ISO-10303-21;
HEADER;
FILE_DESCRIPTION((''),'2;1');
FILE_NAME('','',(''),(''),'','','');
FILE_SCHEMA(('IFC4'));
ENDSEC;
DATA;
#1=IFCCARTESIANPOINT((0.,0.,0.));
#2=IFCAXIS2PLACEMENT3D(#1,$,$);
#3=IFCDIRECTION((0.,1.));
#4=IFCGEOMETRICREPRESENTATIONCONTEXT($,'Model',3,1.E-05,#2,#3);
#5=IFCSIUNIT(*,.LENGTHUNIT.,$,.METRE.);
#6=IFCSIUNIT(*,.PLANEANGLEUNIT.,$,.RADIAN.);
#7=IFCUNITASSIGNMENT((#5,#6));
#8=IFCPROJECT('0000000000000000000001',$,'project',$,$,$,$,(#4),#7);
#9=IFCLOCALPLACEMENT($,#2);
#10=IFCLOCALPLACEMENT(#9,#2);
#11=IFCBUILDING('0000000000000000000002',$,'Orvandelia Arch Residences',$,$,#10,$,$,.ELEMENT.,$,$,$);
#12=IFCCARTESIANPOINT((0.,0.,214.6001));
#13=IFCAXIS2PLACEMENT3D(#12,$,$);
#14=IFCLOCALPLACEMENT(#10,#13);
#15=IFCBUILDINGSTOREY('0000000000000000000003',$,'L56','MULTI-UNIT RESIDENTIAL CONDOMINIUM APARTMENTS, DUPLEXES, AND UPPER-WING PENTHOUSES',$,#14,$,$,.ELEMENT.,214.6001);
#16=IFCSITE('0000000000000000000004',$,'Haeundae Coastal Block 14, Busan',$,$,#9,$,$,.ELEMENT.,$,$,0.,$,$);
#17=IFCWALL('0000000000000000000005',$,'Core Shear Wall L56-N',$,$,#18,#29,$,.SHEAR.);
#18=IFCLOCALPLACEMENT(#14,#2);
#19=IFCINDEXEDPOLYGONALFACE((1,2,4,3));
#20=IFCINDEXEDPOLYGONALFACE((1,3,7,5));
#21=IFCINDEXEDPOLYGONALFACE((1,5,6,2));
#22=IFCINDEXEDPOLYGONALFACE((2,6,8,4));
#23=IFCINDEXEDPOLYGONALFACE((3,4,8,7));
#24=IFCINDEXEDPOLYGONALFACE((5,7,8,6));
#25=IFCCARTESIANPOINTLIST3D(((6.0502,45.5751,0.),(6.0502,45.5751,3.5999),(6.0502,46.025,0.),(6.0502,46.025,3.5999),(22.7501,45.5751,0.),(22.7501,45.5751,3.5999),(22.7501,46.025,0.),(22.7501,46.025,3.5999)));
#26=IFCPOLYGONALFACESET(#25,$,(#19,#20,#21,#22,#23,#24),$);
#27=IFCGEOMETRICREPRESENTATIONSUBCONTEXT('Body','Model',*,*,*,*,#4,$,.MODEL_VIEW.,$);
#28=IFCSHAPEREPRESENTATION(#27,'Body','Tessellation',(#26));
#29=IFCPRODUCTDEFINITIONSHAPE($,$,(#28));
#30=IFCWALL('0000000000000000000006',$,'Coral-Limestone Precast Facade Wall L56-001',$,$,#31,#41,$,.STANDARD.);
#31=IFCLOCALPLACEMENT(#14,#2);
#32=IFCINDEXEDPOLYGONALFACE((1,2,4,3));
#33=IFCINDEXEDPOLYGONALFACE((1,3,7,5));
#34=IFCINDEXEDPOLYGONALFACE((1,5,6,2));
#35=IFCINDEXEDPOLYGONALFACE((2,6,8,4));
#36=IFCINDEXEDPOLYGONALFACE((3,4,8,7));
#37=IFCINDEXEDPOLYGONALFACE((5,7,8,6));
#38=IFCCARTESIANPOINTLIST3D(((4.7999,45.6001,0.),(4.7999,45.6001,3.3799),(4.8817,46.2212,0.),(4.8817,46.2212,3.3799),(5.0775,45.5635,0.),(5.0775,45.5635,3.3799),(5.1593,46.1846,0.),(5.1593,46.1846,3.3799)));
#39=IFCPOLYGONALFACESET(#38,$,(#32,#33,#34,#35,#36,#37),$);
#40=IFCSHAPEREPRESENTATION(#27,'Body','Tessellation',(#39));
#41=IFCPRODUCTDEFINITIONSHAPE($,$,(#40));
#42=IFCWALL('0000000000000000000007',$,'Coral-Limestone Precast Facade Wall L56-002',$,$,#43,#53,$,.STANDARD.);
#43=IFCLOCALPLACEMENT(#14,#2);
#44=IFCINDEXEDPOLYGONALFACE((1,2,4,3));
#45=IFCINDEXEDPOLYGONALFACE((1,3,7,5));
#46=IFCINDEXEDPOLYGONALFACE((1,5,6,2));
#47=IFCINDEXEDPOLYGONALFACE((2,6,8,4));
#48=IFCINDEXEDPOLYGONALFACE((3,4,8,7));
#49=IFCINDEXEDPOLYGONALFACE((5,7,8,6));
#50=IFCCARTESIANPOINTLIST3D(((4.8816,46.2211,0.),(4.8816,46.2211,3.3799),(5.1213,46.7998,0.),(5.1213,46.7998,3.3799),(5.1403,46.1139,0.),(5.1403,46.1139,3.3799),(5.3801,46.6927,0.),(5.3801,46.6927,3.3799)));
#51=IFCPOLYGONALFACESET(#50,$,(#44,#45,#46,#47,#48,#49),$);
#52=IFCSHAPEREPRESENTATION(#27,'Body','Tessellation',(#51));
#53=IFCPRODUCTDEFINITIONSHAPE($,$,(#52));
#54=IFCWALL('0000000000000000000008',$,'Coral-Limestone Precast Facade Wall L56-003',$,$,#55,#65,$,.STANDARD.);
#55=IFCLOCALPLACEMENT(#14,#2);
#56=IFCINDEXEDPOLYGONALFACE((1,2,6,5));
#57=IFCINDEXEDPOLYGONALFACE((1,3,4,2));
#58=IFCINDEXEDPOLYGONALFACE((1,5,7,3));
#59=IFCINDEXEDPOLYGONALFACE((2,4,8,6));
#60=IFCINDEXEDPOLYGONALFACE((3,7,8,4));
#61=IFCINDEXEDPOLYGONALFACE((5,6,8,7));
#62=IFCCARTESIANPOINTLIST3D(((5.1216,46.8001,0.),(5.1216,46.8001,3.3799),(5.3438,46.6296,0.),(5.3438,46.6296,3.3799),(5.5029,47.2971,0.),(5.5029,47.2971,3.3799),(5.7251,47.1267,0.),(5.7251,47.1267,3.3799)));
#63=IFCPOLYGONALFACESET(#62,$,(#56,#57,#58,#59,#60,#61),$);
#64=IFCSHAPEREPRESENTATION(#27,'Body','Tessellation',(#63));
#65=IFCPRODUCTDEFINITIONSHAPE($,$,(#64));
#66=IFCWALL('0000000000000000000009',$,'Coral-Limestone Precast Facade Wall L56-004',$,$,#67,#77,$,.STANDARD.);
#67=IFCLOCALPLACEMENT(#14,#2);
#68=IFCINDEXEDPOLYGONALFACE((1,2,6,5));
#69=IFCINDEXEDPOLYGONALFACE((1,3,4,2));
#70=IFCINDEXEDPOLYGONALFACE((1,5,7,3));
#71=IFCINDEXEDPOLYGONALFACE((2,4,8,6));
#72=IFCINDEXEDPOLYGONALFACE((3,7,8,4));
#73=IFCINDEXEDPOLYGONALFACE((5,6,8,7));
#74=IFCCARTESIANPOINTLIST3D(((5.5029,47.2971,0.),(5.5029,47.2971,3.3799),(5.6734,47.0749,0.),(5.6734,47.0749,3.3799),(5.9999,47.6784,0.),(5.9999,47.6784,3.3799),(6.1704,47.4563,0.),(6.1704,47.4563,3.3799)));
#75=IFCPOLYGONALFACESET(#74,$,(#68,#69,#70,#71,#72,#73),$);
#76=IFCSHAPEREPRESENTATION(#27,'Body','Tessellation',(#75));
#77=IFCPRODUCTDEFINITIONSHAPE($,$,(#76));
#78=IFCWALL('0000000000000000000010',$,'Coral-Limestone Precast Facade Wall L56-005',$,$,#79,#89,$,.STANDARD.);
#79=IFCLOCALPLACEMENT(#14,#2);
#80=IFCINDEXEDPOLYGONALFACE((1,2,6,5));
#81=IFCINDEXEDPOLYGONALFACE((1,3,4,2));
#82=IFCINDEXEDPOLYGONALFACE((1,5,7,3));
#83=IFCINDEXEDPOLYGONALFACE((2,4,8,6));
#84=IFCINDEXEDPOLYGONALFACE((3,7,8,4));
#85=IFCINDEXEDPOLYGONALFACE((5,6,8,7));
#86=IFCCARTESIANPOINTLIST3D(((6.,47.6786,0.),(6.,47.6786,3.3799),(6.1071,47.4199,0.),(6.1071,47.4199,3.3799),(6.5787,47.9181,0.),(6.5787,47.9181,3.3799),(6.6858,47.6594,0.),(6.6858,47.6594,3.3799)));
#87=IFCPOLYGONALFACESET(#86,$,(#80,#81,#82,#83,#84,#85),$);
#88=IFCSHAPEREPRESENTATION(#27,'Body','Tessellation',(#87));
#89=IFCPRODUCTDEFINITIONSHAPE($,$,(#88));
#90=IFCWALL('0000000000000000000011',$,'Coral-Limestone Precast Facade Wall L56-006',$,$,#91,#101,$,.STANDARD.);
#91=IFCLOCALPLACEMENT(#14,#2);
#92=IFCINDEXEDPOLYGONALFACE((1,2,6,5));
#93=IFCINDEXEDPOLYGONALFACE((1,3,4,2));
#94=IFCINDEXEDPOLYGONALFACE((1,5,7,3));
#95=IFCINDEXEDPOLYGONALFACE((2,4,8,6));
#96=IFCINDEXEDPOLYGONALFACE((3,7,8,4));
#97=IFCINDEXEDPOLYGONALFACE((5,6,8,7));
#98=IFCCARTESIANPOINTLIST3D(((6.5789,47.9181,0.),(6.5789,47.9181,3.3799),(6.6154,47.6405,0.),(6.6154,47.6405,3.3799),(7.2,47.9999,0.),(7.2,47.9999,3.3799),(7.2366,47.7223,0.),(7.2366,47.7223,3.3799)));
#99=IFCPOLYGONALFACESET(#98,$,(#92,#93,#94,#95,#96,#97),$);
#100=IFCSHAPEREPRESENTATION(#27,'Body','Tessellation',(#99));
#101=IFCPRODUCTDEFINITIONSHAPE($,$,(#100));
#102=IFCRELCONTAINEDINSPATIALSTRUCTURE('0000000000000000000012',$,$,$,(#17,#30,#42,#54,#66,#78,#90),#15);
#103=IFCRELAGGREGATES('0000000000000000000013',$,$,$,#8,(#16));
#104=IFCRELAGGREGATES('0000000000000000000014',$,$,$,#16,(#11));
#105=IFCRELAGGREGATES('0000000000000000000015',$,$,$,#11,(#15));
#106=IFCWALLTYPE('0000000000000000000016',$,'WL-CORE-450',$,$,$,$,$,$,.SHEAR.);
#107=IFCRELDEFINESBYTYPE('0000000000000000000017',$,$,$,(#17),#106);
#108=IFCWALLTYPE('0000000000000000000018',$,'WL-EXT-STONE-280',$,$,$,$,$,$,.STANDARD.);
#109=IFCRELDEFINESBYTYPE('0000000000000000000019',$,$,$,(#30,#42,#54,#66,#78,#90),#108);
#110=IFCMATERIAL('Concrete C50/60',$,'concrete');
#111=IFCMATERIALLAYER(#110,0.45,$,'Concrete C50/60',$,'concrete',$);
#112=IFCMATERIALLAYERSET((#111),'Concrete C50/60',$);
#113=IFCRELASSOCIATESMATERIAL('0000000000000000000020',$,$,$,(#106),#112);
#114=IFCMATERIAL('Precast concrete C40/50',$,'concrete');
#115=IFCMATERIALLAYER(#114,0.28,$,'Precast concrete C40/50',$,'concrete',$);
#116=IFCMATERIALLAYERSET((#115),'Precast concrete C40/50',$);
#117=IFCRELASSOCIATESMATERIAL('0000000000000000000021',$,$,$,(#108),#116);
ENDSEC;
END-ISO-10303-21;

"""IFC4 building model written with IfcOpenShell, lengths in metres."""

from ifc_helpers import new_model, si_unit, direction, frame, frame_2d, origin, place, context, subcontext, project, spatial, rectangle, extrude, material, layer, layer_set, type_object, element, save


model = new_model("IFC4")

# Units and contexts
model_context = context("Model", 3, precision=1e-05, world=origin(), true_north=direction((0.0, 1.0)))
body_context = subcontext(model_context, "Body", "Model", "MODEL_VIEW")
ifc_project = project(units=[si_unit("LENGTHUNIT", "METRE"), si_unit("PLANEANGLEUNIT", "RADIAN")], contexts=[model_context])

# Site, building, storey
site_placement = place(None, origin())
site = spatial("IfcSite", under=ifc_project, at=site_placement, Name="Haeundae Coastal Block 14, Busan", CompositionType="ELEMENT", RefElevation=0.0)
building_placement = place(site_placement, origin())
building = spatial("IfcBuilding", under=site, at=building_placement, Name="Orvandelia Arch Residences", CompositionType="ELEMENT")
storey_placement = place(building_placement, frame((0.0, 0.0, 214.6001)))
storey = spatial("IfcBuildingStorey", under=building, at=storey_placement, Name="L56", Description="MULTI-UNIT RESIDENTIAL CONDOMINIUM APARTMENTS, DUPLEXES, AND UPPER-WING PENTHOUSES", CompositionType="ELEMENT", Elevation=214.6001)

# Walls
ifc_material_1 = material(Name="Concrete C50/60", Category="concrete")
ifc_layer_1 = layer(ifc_material_1, 0.45, Name="Concrete C50/60", Category="concrete")
ifc_layer_set_1 = layer_set([ifc_layer_1], Name="Concrete C50/60")
wall_type_1 = type_object("IfcWallType", Name="WL-CORE-450", PredefinedType="SHEAR", material=ifc_layer_set_1)
wall_1_placement = place(storey_placement, frame((6.05, 45.8, 0.0), z_axis=(0.0, 0.0, 1.0), x_axis=(1.0, 0.0, 0.0)))
element("IfcWall", 1, at=wall_1_placement, inside=storey, type_object=wall_type_1, Name="Core Shear Wall L56-N", PredefinedType="SHEAR", context=body_context, shape_type="SweptSolid", body=[
    extrude(rectangle(XDim=16.7, YDim=0.45, at=frame_2d((8.3501, 0.0))), origin(), (0.0, 0.0, 1.0), 3.5999),
])
ifc_material_2 = material(Name="Precast concrete C40/50", Category="concrete")
ifc_layer_2 = layer(ifc_material_2, 0.28, Name="Precast concrete C40/50", Category="concrete")
ifc_layer_set_2 = layer_set([ifc_layer_2], Name="Precast concrete C40/50")
wall_type_2 = type_object("IfcWallType", Name="WL-EXT-STONE-280", PredefinedType="STANDARD", material=ifc_layer_set_2)
for number, where, z_axis, x_axis, name in (
    (2, (4.9387, 45.5818, 0.0), (0.0, 0.0, 1.0), (0.130555, 0.991441, 0.0), "Coral-Limestone Precast Facade Wall L56-001"),
    (3, (5.011, 46.1675, 0.0), (0.0, 0.0, 1.0), (0.38265, 0.923893, 0.0), "Coral-Limestone Precast Facade Wall L56-002"),
    (4, (5.2327, 46.7148, 0.0), (0.0, 0.0, 1.0), (0.608693, 0.793406, 0.0), "Coral-Limestone Precast Facade Wall L56-003"),
    (5, (5.5881, 47.186, 0.0), (0.0, 0.0, 1.0), (0.793406, 0.608693, 0.0), "Coral-Limestone Precast Facade Wall L56-004"),
):
    element("IfcWall", number, at=place(storey_placement, frame(where, z_axis=z_axis, x_axis=x_axis)), inside=storey, type_object=wall_type_2, Name=name, PredefinedType="STANDARD", context=body_context, shape_type="SweptSolid", body=[
        extrude(rectangle(XDim=0.6265, YDim=0.28, at=frame_2d((0.3132, 0.0))), origin(), (0.0, 0.0, 1.0), 3.3799),
    ])
wall_2_placement = place(storey_placement, frame((6.0537, 47.5493, 0.0), z_axis=(0.0, 0.0, 1.0), x_axis=(0.923974, 0.382455, 0.0)))
element("IfcWall", 6, at=wall_2_placement, inside=storey, type_object=wall_type_2, Name="Coral-Limestone Precast Facade Wall L56-005", PredefinedType="STANDARD", context=body_context, shape_type="SweptSolid", body=[
    extrude(rectangle(XDim=0.6262, YDim=0.28, at=frame_2d((0.313, 0.0))), origin(), (0.0, 0.0, 1.0), 3.3799),
])
wall_3_placement = place(storey_placement, frame((6.5972, 47.7793, 0.0), z_axis=(0.0, 0.0, 1.0), x_axis=(0.991441, 0.130555, 0.0)))
element("IfcWall", 7, at=wall_3_placement, inside=storey, type_object=wall_type_2, Name="Coral-Limestone Precast Facade Wall L56-006", PredefinedType="STANDARD", context=body_context, shape_type="SweptSolid", body=[
    extrude(rectangle(XDim=0.6265, YDim=0.28, at=frame_2d((0.3132, 0.0))), origin(), (0.0, 0.0, 1.0), 3.3799),
])

save(model, "model.ifc")
